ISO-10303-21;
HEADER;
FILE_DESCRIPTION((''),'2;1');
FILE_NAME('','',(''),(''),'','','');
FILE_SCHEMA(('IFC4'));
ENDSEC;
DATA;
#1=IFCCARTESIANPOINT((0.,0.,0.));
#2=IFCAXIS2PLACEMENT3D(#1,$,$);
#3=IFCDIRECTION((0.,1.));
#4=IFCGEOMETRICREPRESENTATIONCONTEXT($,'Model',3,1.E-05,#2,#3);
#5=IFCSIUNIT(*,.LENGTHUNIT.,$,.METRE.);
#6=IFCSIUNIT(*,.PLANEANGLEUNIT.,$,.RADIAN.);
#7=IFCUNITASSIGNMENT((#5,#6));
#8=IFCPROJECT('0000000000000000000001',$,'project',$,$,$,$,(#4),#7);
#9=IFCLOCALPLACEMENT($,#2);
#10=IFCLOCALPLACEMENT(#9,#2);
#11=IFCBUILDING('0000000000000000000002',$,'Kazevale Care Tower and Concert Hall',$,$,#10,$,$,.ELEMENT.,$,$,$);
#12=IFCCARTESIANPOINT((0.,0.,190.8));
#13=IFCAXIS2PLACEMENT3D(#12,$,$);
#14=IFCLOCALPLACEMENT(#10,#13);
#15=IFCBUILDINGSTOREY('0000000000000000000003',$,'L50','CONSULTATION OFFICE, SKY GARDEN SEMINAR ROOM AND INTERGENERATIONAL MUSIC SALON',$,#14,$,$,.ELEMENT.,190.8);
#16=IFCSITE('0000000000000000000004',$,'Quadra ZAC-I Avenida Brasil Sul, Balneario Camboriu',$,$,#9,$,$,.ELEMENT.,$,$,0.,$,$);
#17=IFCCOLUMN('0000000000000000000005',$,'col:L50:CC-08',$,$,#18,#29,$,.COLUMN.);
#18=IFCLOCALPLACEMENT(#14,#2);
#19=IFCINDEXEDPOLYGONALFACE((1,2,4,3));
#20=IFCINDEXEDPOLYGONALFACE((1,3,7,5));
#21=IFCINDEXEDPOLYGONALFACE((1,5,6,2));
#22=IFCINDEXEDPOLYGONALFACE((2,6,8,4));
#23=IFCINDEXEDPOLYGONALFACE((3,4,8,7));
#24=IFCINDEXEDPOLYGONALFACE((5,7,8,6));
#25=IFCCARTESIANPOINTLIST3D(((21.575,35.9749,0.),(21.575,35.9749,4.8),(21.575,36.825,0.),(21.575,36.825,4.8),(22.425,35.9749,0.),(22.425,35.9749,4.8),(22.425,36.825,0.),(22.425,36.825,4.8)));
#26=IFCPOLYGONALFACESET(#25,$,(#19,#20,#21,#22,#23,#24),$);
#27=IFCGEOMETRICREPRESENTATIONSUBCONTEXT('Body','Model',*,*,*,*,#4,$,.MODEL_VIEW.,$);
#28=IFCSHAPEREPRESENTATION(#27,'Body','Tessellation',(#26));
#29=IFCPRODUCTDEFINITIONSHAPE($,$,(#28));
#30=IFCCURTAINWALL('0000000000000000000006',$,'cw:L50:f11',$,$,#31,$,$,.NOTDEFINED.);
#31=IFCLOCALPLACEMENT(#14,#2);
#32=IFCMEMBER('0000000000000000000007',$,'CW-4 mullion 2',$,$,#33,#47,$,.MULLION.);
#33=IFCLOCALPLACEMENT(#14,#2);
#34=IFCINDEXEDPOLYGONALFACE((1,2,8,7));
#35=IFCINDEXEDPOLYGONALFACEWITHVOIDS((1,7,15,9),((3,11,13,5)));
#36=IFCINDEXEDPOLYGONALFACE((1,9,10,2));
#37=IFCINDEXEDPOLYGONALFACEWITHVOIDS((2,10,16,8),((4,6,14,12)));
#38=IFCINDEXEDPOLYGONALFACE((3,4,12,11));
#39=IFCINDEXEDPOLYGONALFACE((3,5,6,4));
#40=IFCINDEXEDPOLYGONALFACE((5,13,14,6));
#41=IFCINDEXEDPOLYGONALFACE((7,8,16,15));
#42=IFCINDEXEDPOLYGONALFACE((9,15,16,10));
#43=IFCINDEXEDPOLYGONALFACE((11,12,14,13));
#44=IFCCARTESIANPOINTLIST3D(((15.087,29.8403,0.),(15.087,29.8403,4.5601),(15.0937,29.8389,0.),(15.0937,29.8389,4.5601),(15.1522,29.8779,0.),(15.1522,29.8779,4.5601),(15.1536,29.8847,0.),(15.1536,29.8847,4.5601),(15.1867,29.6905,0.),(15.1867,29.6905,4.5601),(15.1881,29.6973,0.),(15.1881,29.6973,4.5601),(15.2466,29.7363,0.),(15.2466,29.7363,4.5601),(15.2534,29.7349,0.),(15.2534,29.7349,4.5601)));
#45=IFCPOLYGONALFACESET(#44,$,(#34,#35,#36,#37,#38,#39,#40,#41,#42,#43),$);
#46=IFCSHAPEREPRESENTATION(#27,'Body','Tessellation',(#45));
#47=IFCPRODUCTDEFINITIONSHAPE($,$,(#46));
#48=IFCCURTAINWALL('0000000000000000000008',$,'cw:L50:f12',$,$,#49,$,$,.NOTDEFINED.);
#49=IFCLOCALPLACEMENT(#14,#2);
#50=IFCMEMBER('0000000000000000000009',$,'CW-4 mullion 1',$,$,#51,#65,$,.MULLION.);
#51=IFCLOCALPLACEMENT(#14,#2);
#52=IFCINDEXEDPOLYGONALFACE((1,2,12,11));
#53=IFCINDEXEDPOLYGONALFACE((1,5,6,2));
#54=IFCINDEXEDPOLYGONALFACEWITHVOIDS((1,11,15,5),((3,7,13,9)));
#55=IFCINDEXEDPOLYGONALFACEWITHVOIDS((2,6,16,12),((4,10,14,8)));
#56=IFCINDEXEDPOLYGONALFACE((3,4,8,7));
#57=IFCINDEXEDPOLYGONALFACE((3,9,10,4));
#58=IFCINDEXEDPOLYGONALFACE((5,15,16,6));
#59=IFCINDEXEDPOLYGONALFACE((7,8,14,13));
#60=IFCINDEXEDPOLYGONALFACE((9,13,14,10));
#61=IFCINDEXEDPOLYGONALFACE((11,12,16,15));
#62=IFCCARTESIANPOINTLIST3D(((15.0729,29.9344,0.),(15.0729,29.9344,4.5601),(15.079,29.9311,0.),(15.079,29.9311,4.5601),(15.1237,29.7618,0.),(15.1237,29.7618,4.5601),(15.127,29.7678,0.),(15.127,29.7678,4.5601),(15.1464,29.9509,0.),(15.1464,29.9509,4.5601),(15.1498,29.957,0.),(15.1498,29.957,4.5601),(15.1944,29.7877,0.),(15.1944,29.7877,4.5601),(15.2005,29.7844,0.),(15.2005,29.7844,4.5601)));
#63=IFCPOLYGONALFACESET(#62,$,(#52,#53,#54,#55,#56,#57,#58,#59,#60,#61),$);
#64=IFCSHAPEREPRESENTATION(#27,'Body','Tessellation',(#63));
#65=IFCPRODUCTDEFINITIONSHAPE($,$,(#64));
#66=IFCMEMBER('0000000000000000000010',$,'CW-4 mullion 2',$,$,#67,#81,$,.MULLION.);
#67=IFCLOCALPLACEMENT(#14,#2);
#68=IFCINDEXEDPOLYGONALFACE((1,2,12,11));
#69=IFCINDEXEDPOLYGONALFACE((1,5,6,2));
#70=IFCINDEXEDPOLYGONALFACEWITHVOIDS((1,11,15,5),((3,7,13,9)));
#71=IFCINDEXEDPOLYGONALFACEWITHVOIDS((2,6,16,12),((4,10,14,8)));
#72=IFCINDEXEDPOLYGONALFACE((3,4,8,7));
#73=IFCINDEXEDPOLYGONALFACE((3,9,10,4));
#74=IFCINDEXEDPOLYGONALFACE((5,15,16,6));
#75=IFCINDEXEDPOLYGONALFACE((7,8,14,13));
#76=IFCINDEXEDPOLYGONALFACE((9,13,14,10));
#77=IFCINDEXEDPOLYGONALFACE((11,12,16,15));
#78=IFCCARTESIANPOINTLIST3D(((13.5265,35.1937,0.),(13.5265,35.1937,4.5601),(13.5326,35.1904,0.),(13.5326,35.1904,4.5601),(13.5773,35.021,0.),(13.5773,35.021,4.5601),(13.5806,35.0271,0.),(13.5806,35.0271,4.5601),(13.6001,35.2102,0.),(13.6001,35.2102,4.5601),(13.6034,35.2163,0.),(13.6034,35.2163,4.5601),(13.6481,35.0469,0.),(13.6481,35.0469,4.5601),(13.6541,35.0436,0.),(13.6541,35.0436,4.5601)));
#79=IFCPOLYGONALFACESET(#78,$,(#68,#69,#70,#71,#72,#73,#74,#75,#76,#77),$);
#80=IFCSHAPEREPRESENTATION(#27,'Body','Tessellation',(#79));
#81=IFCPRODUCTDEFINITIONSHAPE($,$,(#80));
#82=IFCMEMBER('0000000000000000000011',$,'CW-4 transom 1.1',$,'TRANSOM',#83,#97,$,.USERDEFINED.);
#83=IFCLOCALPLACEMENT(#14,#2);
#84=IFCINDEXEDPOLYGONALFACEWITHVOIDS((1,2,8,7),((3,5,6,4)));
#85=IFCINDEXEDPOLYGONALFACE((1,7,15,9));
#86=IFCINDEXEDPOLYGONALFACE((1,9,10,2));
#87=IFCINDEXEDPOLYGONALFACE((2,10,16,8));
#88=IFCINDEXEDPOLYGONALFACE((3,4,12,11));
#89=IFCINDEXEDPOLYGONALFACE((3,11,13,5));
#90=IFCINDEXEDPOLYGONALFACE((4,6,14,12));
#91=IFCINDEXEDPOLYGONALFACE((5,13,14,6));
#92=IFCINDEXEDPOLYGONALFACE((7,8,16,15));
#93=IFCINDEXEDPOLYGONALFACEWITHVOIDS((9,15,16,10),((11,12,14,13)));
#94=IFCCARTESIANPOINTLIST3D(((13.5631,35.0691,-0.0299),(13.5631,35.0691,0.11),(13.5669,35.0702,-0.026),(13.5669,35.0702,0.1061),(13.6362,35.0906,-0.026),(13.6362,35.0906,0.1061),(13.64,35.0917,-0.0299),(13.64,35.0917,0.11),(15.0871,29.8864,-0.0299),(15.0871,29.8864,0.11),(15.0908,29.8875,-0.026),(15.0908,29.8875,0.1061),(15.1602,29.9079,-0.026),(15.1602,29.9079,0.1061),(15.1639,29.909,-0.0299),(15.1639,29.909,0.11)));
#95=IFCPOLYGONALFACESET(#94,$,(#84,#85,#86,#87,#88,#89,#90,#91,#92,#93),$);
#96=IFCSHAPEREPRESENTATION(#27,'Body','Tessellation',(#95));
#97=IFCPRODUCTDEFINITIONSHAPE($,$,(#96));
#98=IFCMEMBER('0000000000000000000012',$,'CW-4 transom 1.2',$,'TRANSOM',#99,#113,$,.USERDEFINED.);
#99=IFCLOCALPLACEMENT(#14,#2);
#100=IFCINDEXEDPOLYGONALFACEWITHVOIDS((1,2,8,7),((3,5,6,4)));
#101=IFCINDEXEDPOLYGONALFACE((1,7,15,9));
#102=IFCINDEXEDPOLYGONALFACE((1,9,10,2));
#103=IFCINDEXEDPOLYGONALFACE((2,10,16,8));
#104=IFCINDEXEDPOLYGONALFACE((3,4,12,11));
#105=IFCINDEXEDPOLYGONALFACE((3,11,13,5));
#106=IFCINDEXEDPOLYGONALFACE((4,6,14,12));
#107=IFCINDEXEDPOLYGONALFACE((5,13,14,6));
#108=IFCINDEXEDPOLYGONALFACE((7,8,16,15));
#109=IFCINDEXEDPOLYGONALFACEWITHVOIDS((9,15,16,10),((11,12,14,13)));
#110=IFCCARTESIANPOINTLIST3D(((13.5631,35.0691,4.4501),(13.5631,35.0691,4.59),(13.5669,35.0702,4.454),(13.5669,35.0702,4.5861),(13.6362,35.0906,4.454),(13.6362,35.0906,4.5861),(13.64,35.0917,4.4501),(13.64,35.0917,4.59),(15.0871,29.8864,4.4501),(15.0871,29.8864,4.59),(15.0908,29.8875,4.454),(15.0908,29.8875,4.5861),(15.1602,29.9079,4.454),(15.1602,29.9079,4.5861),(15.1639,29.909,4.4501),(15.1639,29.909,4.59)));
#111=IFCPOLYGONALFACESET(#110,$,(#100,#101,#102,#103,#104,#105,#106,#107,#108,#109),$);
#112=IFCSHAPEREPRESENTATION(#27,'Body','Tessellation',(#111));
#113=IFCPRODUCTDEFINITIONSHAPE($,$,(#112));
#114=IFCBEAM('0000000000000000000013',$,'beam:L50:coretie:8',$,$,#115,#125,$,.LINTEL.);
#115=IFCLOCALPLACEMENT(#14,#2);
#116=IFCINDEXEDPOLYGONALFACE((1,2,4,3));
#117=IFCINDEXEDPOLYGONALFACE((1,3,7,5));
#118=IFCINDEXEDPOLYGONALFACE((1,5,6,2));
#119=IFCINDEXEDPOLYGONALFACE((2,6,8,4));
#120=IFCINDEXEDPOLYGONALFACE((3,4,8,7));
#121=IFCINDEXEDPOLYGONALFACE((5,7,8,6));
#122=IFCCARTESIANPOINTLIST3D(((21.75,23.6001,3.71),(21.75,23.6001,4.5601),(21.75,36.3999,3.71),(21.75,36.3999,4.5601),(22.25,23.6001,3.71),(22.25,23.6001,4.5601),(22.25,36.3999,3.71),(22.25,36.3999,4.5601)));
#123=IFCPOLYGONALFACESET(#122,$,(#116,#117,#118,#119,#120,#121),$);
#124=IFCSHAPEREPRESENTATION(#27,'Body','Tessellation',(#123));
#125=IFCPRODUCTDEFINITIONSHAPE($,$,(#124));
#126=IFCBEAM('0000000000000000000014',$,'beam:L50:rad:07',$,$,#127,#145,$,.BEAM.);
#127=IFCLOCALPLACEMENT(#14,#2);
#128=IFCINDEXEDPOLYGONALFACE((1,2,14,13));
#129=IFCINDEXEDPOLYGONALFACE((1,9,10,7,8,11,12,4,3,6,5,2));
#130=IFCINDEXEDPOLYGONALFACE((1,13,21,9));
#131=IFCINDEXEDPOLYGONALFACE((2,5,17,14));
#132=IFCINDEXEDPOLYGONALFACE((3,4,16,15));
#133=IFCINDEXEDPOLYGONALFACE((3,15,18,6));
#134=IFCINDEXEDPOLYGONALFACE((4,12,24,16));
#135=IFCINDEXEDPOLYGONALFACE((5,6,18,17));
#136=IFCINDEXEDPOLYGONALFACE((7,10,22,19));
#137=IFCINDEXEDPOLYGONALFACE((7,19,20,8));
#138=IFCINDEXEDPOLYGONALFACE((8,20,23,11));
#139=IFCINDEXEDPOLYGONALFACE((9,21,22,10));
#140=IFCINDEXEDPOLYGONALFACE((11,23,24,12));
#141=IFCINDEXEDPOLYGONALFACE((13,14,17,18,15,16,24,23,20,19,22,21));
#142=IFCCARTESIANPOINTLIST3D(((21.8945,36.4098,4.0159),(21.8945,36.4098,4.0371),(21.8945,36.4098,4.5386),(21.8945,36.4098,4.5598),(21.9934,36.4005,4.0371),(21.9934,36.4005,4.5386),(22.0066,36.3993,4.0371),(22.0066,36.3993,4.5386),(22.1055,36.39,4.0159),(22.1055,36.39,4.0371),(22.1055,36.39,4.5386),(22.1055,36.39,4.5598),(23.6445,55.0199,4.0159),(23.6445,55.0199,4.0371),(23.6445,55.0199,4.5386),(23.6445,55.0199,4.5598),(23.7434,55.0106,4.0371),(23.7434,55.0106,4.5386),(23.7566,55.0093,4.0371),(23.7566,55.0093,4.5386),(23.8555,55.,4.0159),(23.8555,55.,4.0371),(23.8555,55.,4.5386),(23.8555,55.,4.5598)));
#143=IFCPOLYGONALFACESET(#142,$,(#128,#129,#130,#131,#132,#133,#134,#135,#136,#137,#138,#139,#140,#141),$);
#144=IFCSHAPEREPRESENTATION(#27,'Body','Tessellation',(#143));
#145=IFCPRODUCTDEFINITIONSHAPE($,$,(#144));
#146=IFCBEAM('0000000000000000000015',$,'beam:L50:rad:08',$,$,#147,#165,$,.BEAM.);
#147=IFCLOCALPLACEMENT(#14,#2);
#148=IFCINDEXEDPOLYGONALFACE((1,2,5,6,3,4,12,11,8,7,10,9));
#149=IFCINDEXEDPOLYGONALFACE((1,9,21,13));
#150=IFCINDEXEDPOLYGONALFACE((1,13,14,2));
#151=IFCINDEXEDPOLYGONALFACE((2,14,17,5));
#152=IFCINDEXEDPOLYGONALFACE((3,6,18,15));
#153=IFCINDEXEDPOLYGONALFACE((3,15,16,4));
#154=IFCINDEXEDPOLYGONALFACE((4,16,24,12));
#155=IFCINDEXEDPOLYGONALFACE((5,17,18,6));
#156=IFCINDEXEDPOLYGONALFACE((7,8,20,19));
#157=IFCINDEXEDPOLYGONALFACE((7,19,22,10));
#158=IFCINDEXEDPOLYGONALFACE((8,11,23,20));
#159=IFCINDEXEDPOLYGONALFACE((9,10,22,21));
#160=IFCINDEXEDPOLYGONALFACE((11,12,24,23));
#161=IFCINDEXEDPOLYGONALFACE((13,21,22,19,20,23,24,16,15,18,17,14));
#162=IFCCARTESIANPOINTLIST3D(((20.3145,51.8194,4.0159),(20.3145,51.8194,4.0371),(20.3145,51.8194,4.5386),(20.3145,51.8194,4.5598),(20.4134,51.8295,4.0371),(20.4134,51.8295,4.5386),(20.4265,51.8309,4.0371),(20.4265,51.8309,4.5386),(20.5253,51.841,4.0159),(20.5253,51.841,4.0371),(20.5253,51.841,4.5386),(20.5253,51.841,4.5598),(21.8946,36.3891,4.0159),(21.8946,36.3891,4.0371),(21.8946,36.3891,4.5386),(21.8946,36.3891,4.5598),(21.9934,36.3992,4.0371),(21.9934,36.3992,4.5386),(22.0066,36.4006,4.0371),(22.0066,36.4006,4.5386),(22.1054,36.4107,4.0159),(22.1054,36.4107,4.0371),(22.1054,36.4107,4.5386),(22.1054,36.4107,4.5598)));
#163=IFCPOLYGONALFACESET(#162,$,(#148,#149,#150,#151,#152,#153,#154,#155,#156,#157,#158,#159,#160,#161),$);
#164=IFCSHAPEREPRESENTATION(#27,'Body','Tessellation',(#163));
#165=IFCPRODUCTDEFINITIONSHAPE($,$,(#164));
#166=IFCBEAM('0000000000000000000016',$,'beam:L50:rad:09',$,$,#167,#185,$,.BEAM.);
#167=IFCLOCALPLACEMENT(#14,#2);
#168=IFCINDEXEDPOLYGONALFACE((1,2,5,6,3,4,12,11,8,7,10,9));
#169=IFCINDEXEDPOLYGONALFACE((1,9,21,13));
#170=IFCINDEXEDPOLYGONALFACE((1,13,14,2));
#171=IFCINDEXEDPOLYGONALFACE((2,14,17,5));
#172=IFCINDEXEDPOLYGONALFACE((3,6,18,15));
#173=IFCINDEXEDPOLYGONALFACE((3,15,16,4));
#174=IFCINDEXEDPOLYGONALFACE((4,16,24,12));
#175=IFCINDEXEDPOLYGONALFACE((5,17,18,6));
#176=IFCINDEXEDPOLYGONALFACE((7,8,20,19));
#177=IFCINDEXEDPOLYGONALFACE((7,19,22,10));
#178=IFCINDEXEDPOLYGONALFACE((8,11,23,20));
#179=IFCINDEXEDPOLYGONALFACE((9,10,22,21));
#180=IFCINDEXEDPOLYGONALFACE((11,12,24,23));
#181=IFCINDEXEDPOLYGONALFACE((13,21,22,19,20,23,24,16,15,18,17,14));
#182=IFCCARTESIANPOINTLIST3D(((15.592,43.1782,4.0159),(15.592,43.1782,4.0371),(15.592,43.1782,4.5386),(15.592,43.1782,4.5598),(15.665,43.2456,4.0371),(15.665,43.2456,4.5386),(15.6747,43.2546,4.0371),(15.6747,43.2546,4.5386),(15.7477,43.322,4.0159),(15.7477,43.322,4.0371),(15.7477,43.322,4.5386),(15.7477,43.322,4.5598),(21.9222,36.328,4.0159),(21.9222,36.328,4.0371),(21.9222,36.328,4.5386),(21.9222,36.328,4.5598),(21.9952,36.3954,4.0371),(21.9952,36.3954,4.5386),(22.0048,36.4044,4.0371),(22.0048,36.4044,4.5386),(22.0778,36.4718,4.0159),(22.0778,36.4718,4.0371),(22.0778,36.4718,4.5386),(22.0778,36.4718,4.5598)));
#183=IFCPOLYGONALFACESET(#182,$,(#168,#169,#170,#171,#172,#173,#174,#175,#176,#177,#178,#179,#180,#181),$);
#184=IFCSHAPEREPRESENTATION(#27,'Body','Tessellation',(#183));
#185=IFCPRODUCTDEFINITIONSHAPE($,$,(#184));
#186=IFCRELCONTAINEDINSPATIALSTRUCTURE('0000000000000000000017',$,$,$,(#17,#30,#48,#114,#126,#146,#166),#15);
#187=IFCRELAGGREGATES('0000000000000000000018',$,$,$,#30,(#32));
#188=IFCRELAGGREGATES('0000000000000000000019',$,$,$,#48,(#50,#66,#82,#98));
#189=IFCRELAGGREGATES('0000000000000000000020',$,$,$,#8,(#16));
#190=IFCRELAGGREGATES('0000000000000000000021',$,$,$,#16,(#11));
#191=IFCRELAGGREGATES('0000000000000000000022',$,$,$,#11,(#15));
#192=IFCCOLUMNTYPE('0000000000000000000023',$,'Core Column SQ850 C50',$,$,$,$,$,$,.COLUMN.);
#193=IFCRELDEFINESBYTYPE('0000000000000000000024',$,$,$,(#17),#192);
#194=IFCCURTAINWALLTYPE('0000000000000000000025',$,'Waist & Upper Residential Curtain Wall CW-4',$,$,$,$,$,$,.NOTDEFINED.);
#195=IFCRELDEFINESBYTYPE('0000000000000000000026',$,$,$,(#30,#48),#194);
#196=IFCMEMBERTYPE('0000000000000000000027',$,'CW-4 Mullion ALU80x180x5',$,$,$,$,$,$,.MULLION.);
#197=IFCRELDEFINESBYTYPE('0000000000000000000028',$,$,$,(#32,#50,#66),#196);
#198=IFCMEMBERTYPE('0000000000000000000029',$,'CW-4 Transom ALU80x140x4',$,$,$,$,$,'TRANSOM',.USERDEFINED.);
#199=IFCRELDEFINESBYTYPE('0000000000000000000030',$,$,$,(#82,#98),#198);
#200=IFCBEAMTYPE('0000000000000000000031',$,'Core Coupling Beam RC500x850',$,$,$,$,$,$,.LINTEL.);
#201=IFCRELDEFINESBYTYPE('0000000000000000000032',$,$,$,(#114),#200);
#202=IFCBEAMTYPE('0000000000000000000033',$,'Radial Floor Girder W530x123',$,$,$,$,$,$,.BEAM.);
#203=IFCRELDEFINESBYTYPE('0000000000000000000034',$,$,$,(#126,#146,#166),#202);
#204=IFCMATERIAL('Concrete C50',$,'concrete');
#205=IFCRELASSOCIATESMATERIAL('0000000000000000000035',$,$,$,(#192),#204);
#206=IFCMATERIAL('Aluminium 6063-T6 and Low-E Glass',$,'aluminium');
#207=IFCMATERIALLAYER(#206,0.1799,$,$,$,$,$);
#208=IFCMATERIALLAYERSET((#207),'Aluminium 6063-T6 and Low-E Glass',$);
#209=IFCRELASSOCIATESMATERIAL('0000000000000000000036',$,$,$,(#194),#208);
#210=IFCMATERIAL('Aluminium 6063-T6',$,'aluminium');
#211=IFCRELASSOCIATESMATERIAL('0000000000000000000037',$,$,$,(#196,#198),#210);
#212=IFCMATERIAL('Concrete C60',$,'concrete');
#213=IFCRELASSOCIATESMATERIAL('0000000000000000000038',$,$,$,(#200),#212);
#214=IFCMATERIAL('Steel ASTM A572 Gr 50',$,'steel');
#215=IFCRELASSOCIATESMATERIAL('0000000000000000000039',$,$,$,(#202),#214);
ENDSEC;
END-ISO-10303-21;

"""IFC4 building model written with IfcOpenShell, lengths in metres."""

from ifc_helpers import new_model, si_unit, direction, frame, origin, origin_2d, place, context, subcontext, project, spatial, rectangle, hollow_rectangle, i_section, extrude, material, layer, layer_set, material_profile, profile_set, type_object, element, aggregate, save


model = new_model("IFC4")

# Units and contexts
model_context = context("Model", 3, precision=1e-05, world=origin(), true_north=direction((0.0, 1.0)))
body_context = subcontext(model_context, "Body", "Model", "MODEL_VIEW")
ifc_project = project(units=[si_unit("LENGTHUNIT", "METRE"), si_unit("PLANEANGLEUNIT", "RADIAN")], contexts=[model_context])

# Site, building, storey
site_placement = place(None, origin())
site = spatial("IfcSite", under=ifc_project, at=site_placement, Name="Quadra ZAC-I Avenida Brasil Sul, Balneario Camboriu", CompositionType="ELEMENT", RefElevation=0.0)
building_placement = place(site_placement, origin())
building = spatial("IfcBuilding", under=site, at=building_placement, Name="Kazevale Care Tower and Concert Hall", CompositionType="ELEMENT")
storey_placement = place(building_placement, frame((0.0, 0.0, 190.8)))
storey = spatial("IfcBuildingStorey", under=building, at=storey_placement, Name="L50", Description="CONSULTATION OFFICE, SKY GARDEN SEMINAR ROOM AND INTERGENERATIONAL MUSIC SALON", CompositionType="ELEMENT", Elevation=190.8)

# Column
ifc_material_1 = material(Name="Concrete C50", Category="concrete")
ifc_material_profile_1 = material_profile(ifc_material_1, rectangle(XDim=0.8501, YDim=0.8501, at=origin_2d()), Name="RC-SQ850")
ifc_profile_set_1 = profile_set([ifc_material_profile_1], Name="Concrete C50")
column_type = type_object("IfcColumnType", Name="Core Column SQ850 C50", PredefinedType="COLUMN", material=ifc_profile_set_1)
column_placement = place(storey_placement, frame((22.0, 36.3999, 0.0), z_axis=(0.0, 0.0, 1.0), x_axis=(1.0, 0.0, 0.0)))
element("IfcColumn", 1, at=column_placement, inside=storey, type_object=column_type, Name="col:L50:CC-08", PredefinedType="COLUMN", context=body_context, shape_type="SweptSolid", body=[
    extrude(rectangle(XDim=0.8501, YDim=0.8501, at=origin_2d()), origin(), (0.0, 0.0, 1.0), 4.8),
])

# Curtain wall, member
ifc_material_2 = material(Name="Aluminium 6063-T6 and Low-E Glass", Category="aluminium")
ifc_layer_1 = layer(ifc_material_2, 0.1799)
ifc_layer_set_1 = layer_set([ifc_layer_1], Name="Aluminium 6063-T6 and Low-E Glass")
curtain_wall_type = type_object("IfcCurtainWallType", Name="Waist & Upper Residential Curtain Wall CW-4", PredefinedType="NOTDEFINED", material=ifc_layer_set_1)
curtain_wall_1_placement = place(storey_placement, origin())
curtain_wall_1 = element("IfcCurtainWall", 2, at=curtain_wall_1_placement, inside=storey, type_object=curtain_wall_type, Name="cw:L50:f11", PredefinedType="NOTDEFINED")
ifc_material_3 = material(Name="Aluminium 6063-T6", Category="aluminium")
ifc_material_profile_2 = material_profile(ifc_material_3, hollow_rectangle(XDim=0.0801, YDim=0.1799, WallThickness=0.0049, at=origin_2d()), Name="ALU80x180x5")
ifc_profile_set_2 = profile_set([ifc_material_profile_2], Name="Aluminium 6063-T6")
member_type_1 = type_object("IfcMemberType", Name="CW-4 Mullion ALU80x180x5", PredefinedType="MULLION", material=ifc_profile_set_2)
member_1_placement = place(storey_placement, frame((15.1702, 29.7876, 0.0), z_axis=(0.0, 0.0, 1.0), x_axis=(-0.832106, -0.554617, 0.0)))
member_1 = element("IfcMember", 3, at=member_1_placement, type_object=member_type_1, Name="CW-4 mullion 2", PredefinedType="MULLION", context=body_context, shape_type="SweptSolid", body=[
    extrude(hollow_rectangle(XDim=0.0801, YDim=0.1799, WallThickness=0.0049, at=origin_2d()), origin(), (0.0, 0.0, 1.0), 4.5601),
])
aggregate(curtain_wall_1, [member_1])

# Curtain wall, members
curtain_wall_2_placement = place(storey_placement, origin())
curtain_wall_2 = element("IfcCurtainWall", 4, at=curtain_wall_2_placement, inside=storey, type_object=curtain_wall_type, Name="cw:L50:f12", PredefinedType="NOTDEFINED")
member_2_placement = place(storey_placement, frame((15.1367, 29.8594, 0.0), z_axis=(0.0, 0.0, 1.0), x_axis=(-0.959386, -0.282098, 0.0)))
member_2 = element("IfcMember", 5, at=member_2_placement, type_object=member_type_1, Name="CW-4 mullion 1", PredefinedType="MULLION", context=body_context, shape_type="SweptSolid", body=[
    extrude(hollow_rectangle(XDim=0.0801, YDim=0.1799, WallThickness=0.0049, at=origin_2d()), origin(), (0.0, 0.0, 1.0), 4.5601),
])
member_3_placement = place(storey_placement, frame((13.5903, 35.1187, 0.0), z_axis=(0.0, 0.0, 1.0), x_axis=(-0.959386, -0.282098, 0.0)))
member_3 = element("IfcMember", 6, at=member_3_placement, type_object=member_type_1, Name="CW-4 mullion 2", PredefinedType="MULLION", context=body_context, shape_type="SweptSolid", body=[
    extrude(hollow_rectangle(XDim=0.0801, YDim=0.1799, WallThickness=0.0049, at=origin_2d()), origin(), (0.0, 0.0, 1.0), 4.5601),
])
ifc_material_profile_3 = material_profile(ifc_material_3, hollow_rectangle(XDim=0.0801, YDim=0.1399, WallThickness=0.0039, at=origin_2d()), Name="ALU80x140x4")
ifc_profile_set_3 = profile_set([ifc_material_profile_3], Name="Aluminium 6063-T6")
member_type_2 = type_object("IfcMemberType", Name="CW-4 Transom ALU80x140x4", ElementType="TRANSOM", PredefinedType="USERDEFINED", material=ifc_profile_set_3)
member_4_placement = place(storey_placement, frame((15.1255, 29.8977, 0.04), z_axis=(-0.282103, 0.959384, 0.0), x_axis=(-0.959384, -0.282103, 0.0)))
member_4 = element("IfcMember", 7, at=member_4_placement, type_object=member_type_2, Name="CW-4 transom 1.1", ObjectType="TRANSOM", PredefinedType="USERDEFINED", context=body_context, shape_type="SweptSolid", body=[
    extrude(hollow_rectangle(XDim=0.0801, YDim=0.1399, WallThickness=0.0039, at=origin_2d()), origin(), (0.0, 0.0, 1.0), 5.4021),
])
member_5_placement = place(storey_placement, frame((15.1255, 29.8977, 4.52), z_axis=(-0.282103, 0.959384, 0.0), x_axis=(-0.959384, -0.282103, 0.0)))
member_5 = element("IfcMember", 8, at=member_5_placement, type_object=member_type_2, Name="CW-4 transom 1.2", ObjectType="TRANSOM", PredefinedType="USERDEFINED", context=body_context, shape_type="SweptSolid", body=[
    extrude(hollow_rectangle(XDim=0.0801, YDim=0.1399, WallThickness=0.0039, at=origin_2d()), origin(), (0.0, 0.0, 1.0), 5.4021),
])

# Beams
ifc_material_4 = material(Name="Concrete C60", Category="concrete")
ifc_material_profile_4 = material_profile(ifc_material_4, rectangle(XDim=0.5, YDim=0.8501, at=origin_2d()), Name="RC-B500x850")
ifc_profile_set_4 = profile_set([ifc_material_profile_4], Name="Concrete C60")
beam_type_1 = type_object("IfcBeamType", Name="Core Coupling Beam RC500x850", PredefinedType="LINTEL", material=ifc_profile_set_4)
beam_1_placement = place(storey_placement, frame((22.0, 36.3999, 4.135), z_axis=(0.0, -1.0, 0.0), x_axis=(1.0, 0.0, 0.0)))
element("IfcBeam", 9, at=beam_1_placement, inside=storey, type_object=beam_type_1, Name="beam:L50:coretie:8", PredefinedType="LINTEL", context=body_context, shape_type="SweptSolid", body=[
    extrude(rectangle(XDim=0.5, YDim=0.8501, at=origin_2d()), origin(), (0.0, 0.0, 1.0), 12.7998),
])
ifc_material_5 = material(Name="Steel ASTM A572 Gr 50", Category="steel")
ifc_material_profile_5 = material_profile(ifc_material_5, i_section(OverallWidth=0.2119, OverallDepth=0.5439, WebThickness=0.0132, FlangeThickness=0.0212, at=origin_2d()), Name="W530x123")
ifc_profile_set_5 = profile_set([ifc_material_profile_5], Name="Steel ASTM A572 Gr 50")
beam_type_2 = type_object("IfcBeamType", Name="Radial Floor Girder W530x123", PredefinedType="BEAM", material=ifc_profile_set_5)
beam_2_placement = place(storey_placement, frame((22.0, 36.3999, 4.2878), z_axis=(0.093622, 0.995608, 0.0), x_axis=(-0.995608, 0.093622, 0.0)))
element("IfcBeam", 10, at=beam_2_placement, inside=storey, type_object=beam_type_2, Name="beam:L50:rad:07", PredefinedType="BEAM", context=body_context, shape_type="SweptSolid", body=[
    extrude(i_section(OverallWidth=0.2119, OverallDepth=0.5439, WebThickness=0.0132, FlangeThickness=0.0212, at=origin_2d()), origin(), (0.0, 0.0, 1.0), 18.6921),
])
beam_3_placement = place(storey_placement, frame((22.0, 36.3999, 4.2878), z_axis=(-0.101869, 0.994798, 0.0), x_axis=(-0.994798, -0.101869, 0.0)))
element("IfcBeam", 11, at=beam_3_placement, inside=storey, type_object=beam_type_2, Name="beam:L50:rad:08", PredefinedType="BEAM", context=body_context, shape_type="SweptSolid", body=[
    extrude(i_section(OverallWidth=0.2119, OverallDepth=0.5439, WebThickness=0.0132, FlangeThickness=0.0212, at=origin_2d()), origin(), (0.0, 0.0, 1.0), 15.511),
])
beam_4_placement = place(storey_placement, frame((22.0, 36.3999, 4.2878), z_axis=(-0.67868, 0.734434, 0.0), x_axis=(-0.734434, -0.67868, 0.0)))
element("IfcBeam", 12, at=beam_4_placement, inside=storey, type_object=beam_type_2, Name="beam:L50:rad:09", PredefinedType="BEAM", context=body_context, shape_type="SweptSolid", body=[
    extrude(i_section(OverallWidth=0.2119, OverallDepth=0.5439, WebThickness=0.0132, FlangeThickness=0.0212, at=origin_2d()), origin(), (0.0, 0.0, 1.0), 9.3271),
])

aggregate(curtain_wall_2, [member_2, member_3, member_4, member_5])

save(model, "model.ifc")
